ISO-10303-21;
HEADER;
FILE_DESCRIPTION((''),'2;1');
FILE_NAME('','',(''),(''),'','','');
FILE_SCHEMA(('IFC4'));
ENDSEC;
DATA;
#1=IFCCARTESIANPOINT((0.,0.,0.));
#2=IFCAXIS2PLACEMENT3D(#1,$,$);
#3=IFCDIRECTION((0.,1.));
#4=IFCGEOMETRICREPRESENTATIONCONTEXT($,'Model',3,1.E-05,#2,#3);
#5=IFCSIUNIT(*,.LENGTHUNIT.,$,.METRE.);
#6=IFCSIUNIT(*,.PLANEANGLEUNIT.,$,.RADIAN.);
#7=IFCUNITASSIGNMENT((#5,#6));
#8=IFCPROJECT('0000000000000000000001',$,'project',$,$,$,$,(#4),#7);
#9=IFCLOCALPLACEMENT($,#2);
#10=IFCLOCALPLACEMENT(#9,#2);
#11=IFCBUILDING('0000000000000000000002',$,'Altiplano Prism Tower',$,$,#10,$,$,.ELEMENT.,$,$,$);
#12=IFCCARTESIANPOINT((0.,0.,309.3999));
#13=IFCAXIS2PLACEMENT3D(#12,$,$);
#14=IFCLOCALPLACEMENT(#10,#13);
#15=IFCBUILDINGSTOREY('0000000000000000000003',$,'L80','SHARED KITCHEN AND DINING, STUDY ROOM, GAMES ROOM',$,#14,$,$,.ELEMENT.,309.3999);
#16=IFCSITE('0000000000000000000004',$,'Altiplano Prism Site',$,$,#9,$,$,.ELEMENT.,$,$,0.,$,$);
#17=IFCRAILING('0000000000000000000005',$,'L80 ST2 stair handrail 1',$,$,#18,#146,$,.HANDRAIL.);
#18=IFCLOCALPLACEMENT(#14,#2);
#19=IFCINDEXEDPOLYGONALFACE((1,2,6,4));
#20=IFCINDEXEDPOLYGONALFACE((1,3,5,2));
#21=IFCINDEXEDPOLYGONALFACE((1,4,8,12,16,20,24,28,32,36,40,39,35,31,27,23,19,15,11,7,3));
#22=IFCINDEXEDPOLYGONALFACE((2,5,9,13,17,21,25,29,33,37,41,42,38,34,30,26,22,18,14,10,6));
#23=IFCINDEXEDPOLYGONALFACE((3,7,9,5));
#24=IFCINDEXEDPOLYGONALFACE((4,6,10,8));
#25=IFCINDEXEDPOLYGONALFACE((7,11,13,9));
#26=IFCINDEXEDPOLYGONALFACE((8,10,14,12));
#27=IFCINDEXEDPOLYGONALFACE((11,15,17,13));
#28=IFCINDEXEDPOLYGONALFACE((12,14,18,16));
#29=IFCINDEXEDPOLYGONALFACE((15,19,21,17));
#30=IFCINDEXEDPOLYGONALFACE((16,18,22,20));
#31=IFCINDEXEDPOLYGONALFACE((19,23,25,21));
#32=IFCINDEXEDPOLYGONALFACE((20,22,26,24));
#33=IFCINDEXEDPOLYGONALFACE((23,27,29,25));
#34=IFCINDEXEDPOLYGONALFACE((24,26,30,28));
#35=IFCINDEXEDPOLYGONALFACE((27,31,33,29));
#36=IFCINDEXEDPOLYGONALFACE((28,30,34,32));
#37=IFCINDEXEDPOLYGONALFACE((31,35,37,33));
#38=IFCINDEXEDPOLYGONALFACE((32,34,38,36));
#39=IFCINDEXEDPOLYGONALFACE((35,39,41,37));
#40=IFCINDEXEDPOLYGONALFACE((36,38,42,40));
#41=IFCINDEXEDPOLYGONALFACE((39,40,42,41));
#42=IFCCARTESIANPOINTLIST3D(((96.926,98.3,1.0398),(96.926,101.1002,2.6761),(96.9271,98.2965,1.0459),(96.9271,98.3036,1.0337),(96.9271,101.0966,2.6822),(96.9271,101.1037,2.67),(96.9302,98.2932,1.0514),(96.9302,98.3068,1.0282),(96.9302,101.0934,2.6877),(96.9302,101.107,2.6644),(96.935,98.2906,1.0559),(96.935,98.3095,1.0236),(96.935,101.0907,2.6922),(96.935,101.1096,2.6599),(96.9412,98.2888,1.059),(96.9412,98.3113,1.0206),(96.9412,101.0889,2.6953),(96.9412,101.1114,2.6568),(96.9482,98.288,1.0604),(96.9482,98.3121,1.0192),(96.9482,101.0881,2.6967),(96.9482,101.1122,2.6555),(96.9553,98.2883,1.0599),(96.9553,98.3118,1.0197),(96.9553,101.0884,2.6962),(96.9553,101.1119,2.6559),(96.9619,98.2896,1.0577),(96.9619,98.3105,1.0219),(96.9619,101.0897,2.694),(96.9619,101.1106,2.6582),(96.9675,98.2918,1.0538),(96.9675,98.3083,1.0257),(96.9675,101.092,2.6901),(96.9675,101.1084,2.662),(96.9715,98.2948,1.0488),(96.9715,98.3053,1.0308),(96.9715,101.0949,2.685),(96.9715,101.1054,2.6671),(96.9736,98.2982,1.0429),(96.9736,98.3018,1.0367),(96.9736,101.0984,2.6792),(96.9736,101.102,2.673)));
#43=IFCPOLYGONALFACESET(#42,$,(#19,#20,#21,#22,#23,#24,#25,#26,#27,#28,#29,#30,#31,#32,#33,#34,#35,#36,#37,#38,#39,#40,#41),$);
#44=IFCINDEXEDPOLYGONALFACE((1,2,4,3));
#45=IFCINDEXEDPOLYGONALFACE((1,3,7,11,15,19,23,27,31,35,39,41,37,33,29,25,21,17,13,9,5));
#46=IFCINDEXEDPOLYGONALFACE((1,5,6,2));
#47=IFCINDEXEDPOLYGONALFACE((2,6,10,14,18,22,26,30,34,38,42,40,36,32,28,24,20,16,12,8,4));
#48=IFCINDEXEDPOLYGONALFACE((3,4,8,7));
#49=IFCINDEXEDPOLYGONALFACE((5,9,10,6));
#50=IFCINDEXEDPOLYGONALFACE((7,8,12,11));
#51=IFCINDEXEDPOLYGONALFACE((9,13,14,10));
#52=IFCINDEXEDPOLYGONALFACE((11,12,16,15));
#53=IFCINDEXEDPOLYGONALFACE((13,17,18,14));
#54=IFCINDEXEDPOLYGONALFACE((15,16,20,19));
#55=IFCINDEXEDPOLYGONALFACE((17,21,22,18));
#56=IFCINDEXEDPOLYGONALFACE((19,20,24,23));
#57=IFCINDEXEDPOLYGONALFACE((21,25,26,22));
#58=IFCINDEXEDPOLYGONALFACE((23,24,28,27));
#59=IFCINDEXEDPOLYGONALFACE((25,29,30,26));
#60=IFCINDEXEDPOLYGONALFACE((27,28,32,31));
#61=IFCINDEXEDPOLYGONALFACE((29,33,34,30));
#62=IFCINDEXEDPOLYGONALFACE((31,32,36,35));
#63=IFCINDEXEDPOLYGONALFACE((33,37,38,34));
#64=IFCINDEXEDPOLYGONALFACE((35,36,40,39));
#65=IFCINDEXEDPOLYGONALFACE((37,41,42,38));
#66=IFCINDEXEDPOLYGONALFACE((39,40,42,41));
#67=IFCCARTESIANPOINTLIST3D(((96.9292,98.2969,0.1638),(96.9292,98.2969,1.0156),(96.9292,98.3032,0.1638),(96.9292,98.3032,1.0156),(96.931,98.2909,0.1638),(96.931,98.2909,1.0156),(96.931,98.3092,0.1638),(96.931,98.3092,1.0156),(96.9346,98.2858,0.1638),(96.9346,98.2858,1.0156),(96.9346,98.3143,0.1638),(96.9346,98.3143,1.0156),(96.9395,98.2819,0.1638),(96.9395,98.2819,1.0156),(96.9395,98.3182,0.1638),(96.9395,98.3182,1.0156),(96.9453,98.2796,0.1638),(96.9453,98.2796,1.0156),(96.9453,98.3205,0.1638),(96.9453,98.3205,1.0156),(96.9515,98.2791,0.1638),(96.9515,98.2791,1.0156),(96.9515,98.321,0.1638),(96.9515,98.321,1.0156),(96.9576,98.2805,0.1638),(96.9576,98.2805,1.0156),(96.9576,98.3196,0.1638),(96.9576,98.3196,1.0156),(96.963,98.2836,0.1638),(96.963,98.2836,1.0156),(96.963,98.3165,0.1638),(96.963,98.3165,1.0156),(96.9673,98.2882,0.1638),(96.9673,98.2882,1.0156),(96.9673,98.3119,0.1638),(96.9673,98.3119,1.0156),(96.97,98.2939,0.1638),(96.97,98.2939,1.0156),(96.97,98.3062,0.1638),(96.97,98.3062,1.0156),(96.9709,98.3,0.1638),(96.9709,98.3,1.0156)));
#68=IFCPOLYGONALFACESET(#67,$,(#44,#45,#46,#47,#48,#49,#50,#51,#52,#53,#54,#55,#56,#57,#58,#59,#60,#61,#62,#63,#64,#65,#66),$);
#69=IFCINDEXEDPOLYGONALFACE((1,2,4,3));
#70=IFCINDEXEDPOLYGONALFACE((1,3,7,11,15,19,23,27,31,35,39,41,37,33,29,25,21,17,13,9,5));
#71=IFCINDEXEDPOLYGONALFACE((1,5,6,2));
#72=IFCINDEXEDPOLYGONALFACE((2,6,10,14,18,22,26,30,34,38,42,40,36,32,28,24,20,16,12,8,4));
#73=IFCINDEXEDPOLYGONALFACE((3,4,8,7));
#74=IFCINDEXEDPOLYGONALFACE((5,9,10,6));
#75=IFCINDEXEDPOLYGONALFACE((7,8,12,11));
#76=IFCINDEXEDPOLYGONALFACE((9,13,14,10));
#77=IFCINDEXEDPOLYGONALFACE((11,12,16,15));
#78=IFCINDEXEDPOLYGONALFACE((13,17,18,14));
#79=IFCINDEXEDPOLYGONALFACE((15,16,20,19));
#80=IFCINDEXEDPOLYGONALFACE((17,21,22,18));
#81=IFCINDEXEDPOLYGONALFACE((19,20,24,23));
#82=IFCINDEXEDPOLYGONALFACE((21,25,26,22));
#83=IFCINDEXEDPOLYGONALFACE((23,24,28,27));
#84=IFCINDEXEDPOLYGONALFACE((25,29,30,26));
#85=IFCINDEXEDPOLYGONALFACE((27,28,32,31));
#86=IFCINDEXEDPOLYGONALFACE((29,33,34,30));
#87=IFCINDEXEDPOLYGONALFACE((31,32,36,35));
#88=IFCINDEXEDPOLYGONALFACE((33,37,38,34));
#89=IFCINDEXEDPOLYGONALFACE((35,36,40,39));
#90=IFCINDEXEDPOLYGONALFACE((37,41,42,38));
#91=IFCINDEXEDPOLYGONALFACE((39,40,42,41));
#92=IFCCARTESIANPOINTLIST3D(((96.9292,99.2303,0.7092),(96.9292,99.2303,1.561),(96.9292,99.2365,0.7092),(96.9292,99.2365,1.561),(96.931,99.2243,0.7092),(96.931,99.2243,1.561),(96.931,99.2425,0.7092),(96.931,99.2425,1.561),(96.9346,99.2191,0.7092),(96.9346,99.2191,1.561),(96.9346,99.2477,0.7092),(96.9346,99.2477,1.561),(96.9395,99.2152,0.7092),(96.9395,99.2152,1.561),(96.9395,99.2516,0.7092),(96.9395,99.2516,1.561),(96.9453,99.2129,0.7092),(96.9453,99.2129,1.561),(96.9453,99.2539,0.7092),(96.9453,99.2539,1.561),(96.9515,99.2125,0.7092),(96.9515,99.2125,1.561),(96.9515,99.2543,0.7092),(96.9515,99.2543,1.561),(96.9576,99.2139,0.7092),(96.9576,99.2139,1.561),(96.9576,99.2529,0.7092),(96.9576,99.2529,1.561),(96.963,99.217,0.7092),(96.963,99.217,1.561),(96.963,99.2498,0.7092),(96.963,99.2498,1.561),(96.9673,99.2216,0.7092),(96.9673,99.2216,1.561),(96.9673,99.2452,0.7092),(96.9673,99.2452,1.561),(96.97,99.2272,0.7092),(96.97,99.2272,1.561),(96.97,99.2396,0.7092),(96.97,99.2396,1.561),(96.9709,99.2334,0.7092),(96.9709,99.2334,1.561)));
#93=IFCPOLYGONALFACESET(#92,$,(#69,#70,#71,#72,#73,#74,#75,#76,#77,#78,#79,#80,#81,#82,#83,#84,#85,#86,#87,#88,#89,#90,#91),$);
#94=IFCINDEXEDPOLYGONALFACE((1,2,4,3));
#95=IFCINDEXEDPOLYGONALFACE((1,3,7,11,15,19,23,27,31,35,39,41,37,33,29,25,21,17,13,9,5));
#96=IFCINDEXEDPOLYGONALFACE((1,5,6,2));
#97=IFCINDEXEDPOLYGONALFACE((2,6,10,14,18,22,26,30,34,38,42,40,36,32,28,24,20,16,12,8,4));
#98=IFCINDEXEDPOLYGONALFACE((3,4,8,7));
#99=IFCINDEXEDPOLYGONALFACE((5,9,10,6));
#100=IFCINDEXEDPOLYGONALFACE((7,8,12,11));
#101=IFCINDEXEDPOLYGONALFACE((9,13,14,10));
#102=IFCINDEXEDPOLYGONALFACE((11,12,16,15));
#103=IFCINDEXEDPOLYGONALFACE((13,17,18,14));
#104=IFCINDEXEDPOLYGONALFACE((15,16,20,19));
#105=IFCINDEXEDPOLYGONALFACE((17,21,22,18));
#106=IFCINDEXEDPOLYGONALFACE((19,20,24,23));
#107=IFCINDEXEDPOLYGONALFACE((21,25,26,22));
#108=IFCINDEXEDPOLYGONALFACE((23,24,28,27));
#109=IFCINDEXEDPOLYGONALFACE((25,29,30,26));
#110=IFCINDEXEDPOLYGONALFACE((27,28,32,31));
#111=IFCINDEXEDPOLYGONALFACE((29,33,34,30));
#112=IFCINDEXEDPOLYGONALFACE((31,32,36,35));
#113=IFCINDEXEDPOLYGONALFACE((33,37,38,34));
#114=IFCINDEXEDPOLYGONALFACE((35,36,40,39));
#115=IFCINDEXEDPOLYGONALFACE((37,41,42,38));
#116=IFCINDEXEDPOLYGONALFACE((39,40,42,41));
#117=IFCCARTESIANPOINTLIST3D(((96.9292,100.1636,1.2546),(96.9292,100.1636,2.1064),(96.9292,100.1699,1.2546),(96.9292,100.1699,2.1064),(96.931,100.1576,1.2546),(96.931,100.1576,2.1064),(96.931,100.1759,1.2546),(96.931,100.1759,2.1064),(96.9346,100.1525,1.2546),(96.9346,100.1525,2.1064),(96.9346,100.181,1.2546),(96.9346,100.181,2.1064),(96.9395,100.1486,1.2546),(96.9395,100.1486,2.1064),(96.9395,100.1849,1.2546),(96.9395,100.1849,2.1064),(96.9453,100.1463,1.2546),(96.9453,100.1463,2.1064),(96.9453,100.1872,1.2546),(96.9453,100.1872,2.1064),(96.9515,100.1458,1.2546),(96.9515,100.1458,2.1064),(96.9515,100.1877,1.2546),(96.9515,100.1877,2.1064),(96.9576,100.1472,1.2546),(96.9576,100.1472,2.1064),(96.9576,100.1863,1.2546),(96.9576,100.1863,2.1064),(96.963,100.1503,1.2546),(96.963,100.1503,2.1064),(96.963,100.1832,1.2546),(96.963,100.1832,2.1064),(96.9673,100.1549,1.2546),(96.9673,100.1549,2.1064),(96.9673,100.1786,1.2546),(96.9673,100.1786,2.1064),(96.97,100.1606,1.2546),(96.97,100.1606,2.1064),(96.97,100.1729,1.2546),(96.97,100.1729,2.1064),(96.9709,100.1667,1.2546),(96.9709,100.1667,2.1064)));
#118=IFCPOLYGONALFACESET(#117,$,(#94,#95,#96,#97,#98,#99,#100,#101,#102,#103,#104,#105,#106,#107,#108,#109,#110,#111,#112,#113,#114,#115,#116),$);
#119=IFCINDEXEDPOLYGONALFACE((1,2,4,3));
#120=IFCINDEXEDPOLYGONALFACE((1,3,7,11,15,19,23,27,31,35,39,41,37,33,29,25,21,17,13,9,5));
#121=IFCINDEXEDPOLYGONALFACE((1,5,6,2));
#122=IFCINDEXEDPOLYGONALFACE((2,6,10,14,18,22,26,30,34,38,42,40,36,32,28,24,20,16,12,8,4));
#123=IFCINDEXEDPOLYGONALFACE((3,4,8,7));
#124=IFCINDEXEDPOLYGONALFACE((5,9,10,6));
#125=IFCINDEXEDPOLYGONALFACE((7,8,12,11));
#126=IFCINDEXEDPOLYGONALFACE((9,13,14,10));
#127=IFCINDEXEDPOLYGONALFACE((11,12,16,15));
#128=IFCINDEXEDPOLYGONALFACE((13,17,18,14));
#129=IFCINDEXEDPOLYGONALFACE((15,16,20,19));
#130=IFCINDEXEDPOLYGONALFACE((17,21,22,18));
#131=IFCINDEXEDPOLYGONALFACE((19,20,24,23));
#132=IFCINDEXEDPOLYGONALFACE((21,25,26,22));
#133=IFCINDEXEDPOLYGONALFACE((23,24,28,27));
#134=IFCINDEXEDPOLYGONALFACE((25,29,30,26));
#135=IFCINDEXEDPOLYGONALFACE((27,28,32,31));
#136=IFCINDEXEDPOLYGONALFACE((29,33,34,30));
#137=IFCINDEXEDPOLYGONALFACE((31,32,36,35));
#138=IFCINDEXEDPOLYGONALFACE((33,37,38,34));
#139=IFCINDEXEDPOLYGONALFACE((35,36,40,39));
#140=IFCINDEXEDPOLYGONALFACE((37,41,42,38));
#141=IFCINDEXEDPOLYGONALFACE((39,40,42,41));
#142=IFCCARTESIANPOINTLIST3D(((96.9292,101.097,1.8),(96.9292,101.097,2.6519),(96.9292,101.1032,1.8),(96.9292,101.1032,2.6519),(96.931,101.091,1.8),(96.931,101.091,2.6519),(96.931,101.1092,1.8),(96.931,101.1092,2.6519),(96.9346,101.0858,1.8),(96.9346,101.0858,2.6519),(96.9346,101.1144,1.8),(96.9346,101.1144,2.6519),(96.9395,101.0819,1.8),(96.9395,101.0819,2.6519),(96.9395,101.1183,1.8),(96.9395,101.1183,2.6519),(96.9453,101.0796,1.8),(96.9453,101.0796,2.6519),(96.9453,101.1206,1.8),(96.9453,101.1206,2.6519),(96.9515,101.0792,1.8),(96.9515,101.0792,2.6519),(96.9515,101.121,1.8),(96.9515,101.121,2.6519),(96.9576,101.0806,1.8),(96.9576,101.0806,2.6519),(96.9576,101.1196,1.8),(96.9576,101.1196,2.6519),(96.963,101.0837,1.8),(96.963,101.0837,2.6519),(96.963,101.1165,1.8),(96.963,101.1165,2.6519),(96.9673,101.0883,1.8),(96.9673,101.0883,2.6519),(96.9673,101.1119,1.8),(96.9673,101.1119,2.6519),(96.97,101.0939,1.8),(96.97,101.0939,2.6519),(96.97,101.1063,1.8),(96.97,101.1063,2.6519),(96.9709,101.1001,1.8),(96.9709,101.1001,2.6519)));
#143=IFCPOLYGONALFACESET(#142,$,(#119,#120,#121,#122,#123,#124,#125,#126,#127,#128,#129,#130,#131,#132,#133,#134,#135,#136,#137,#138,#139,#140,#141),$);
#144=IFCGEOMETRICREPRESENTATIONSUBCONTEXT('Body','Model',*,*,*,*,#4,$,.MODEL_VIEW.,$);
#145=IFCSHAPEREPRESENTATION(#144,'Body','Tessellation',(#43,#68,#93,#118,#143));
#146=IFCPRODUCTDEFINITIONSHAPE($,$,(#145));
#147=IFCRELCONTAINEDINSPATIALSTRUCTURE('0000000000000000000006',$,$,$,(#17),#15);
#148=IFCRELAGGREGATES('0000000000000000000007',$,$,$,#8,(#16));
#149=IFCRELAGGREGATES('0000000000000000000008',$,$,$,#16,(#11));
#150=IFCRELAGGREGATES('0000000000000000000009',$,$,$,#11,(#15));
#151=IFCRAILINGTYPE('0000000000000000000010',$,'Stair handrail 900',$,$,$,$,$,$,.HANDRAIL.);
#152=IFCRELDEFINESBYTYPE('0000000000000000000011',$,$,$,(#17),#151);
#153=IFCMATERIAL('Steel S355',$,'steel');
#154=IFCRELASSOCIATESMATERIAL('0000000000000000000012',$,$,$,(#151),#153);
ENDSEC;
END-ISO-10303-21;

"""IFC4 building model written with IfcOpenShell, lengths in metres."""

from ifc_helpers import new_model, si_unit, direction, frame, origin, origin_2d, place, context, subcontext, project, spatial, circle, extrude, material, type_object, element, save


model = new_model("IFC4")

# Units and contexts
model_context = context("Model", 3, precision=1e-05, world=origin(), true_north=direction((0.0, 1.0)))
body_context = subcontext(model_context, "Body", "Model", "MODEL_VIEW")
ifc_project = project(units=[si_unit("LENGTHUNIT", "METRE"), si_unit("PLANEANGLEUNIT", "RADIAN")], contexts=[model_context])

# Site, building, storey
site_placement = place(None, origin())
site = spatial("IfcSite", under=ifc_project, at=site_placement, Name="Altiplano Prism Site", CompositionType="ELEMENT", RefElevation=0.0)
building_placement = place(site_placement, origin())
building = spatial("IfcBuilding", under=site, at=building_placement, Name="Altiplano Prism Tower", CompositionType="ELEMENT")
storey_placement = place(building_placement, frame((0.0, 0.0, 309.3999)))
storey = spatial("IfcBuildingStorey", under=building, at=storey_placement, Name="L80", Description="SHARED KITCHEN AND DINING, STUDY ROOM, GAMES ROOM", CompositionType="ELEMENT", Elevation=309.3999)

# Shared definitions
ifc_material_1 = material(Name="Steel S355", Category="steel")

# Railing
railing_type = type_object("IfcRailingType", Name="Stair handrail 900", PredefinedType="HANDRAIL", material=ifc_material_1)
railing_placement = place(storey_placement, frame((96.95, 98.3, 0.1638)))
element("IfcRailing", 1, at=railing_placement, inside=storey, type_object=railing_type, Name="L80 ST2 stair handrail 1", PredefinedType="HANDRAIL", context=body_context, shape_type="SweptSolid", body=[
    extrude(circle(Radius=0.0239, at=origin_2d()), frame((0.0, 0.0, 0.876), z_axis=(0.0, 0.863394, 0.504531), x_axis=(-1.0, 0.0, 0.0)), (0.0, 0.0, 1.0), 3.2432),
    extrude(circle(Radius=0.021, at=origin_2d()), origin(), (0.0, 0.0, 1.0), 0.8518),
    extrude(circle(Radius=0.021, at=origin_2d()), frame((0.0, 0.9333, 0.5454)), (0.0, 0.0, 1.0), 0.8518),
    extrude(circle(Radius=0.021, at=origin_2d()), frame((0.0, 1.8667, 1.0908)), (0.0, 0.0, 1.0), 0.8518),
    extrude(circle(Radius=0.021, at=origin_2d()), frame((0.0, 2.8, 1.6362)), (0.0, 0.0, 1.0), 0.8518),
])

save(model, "model.ifc")
